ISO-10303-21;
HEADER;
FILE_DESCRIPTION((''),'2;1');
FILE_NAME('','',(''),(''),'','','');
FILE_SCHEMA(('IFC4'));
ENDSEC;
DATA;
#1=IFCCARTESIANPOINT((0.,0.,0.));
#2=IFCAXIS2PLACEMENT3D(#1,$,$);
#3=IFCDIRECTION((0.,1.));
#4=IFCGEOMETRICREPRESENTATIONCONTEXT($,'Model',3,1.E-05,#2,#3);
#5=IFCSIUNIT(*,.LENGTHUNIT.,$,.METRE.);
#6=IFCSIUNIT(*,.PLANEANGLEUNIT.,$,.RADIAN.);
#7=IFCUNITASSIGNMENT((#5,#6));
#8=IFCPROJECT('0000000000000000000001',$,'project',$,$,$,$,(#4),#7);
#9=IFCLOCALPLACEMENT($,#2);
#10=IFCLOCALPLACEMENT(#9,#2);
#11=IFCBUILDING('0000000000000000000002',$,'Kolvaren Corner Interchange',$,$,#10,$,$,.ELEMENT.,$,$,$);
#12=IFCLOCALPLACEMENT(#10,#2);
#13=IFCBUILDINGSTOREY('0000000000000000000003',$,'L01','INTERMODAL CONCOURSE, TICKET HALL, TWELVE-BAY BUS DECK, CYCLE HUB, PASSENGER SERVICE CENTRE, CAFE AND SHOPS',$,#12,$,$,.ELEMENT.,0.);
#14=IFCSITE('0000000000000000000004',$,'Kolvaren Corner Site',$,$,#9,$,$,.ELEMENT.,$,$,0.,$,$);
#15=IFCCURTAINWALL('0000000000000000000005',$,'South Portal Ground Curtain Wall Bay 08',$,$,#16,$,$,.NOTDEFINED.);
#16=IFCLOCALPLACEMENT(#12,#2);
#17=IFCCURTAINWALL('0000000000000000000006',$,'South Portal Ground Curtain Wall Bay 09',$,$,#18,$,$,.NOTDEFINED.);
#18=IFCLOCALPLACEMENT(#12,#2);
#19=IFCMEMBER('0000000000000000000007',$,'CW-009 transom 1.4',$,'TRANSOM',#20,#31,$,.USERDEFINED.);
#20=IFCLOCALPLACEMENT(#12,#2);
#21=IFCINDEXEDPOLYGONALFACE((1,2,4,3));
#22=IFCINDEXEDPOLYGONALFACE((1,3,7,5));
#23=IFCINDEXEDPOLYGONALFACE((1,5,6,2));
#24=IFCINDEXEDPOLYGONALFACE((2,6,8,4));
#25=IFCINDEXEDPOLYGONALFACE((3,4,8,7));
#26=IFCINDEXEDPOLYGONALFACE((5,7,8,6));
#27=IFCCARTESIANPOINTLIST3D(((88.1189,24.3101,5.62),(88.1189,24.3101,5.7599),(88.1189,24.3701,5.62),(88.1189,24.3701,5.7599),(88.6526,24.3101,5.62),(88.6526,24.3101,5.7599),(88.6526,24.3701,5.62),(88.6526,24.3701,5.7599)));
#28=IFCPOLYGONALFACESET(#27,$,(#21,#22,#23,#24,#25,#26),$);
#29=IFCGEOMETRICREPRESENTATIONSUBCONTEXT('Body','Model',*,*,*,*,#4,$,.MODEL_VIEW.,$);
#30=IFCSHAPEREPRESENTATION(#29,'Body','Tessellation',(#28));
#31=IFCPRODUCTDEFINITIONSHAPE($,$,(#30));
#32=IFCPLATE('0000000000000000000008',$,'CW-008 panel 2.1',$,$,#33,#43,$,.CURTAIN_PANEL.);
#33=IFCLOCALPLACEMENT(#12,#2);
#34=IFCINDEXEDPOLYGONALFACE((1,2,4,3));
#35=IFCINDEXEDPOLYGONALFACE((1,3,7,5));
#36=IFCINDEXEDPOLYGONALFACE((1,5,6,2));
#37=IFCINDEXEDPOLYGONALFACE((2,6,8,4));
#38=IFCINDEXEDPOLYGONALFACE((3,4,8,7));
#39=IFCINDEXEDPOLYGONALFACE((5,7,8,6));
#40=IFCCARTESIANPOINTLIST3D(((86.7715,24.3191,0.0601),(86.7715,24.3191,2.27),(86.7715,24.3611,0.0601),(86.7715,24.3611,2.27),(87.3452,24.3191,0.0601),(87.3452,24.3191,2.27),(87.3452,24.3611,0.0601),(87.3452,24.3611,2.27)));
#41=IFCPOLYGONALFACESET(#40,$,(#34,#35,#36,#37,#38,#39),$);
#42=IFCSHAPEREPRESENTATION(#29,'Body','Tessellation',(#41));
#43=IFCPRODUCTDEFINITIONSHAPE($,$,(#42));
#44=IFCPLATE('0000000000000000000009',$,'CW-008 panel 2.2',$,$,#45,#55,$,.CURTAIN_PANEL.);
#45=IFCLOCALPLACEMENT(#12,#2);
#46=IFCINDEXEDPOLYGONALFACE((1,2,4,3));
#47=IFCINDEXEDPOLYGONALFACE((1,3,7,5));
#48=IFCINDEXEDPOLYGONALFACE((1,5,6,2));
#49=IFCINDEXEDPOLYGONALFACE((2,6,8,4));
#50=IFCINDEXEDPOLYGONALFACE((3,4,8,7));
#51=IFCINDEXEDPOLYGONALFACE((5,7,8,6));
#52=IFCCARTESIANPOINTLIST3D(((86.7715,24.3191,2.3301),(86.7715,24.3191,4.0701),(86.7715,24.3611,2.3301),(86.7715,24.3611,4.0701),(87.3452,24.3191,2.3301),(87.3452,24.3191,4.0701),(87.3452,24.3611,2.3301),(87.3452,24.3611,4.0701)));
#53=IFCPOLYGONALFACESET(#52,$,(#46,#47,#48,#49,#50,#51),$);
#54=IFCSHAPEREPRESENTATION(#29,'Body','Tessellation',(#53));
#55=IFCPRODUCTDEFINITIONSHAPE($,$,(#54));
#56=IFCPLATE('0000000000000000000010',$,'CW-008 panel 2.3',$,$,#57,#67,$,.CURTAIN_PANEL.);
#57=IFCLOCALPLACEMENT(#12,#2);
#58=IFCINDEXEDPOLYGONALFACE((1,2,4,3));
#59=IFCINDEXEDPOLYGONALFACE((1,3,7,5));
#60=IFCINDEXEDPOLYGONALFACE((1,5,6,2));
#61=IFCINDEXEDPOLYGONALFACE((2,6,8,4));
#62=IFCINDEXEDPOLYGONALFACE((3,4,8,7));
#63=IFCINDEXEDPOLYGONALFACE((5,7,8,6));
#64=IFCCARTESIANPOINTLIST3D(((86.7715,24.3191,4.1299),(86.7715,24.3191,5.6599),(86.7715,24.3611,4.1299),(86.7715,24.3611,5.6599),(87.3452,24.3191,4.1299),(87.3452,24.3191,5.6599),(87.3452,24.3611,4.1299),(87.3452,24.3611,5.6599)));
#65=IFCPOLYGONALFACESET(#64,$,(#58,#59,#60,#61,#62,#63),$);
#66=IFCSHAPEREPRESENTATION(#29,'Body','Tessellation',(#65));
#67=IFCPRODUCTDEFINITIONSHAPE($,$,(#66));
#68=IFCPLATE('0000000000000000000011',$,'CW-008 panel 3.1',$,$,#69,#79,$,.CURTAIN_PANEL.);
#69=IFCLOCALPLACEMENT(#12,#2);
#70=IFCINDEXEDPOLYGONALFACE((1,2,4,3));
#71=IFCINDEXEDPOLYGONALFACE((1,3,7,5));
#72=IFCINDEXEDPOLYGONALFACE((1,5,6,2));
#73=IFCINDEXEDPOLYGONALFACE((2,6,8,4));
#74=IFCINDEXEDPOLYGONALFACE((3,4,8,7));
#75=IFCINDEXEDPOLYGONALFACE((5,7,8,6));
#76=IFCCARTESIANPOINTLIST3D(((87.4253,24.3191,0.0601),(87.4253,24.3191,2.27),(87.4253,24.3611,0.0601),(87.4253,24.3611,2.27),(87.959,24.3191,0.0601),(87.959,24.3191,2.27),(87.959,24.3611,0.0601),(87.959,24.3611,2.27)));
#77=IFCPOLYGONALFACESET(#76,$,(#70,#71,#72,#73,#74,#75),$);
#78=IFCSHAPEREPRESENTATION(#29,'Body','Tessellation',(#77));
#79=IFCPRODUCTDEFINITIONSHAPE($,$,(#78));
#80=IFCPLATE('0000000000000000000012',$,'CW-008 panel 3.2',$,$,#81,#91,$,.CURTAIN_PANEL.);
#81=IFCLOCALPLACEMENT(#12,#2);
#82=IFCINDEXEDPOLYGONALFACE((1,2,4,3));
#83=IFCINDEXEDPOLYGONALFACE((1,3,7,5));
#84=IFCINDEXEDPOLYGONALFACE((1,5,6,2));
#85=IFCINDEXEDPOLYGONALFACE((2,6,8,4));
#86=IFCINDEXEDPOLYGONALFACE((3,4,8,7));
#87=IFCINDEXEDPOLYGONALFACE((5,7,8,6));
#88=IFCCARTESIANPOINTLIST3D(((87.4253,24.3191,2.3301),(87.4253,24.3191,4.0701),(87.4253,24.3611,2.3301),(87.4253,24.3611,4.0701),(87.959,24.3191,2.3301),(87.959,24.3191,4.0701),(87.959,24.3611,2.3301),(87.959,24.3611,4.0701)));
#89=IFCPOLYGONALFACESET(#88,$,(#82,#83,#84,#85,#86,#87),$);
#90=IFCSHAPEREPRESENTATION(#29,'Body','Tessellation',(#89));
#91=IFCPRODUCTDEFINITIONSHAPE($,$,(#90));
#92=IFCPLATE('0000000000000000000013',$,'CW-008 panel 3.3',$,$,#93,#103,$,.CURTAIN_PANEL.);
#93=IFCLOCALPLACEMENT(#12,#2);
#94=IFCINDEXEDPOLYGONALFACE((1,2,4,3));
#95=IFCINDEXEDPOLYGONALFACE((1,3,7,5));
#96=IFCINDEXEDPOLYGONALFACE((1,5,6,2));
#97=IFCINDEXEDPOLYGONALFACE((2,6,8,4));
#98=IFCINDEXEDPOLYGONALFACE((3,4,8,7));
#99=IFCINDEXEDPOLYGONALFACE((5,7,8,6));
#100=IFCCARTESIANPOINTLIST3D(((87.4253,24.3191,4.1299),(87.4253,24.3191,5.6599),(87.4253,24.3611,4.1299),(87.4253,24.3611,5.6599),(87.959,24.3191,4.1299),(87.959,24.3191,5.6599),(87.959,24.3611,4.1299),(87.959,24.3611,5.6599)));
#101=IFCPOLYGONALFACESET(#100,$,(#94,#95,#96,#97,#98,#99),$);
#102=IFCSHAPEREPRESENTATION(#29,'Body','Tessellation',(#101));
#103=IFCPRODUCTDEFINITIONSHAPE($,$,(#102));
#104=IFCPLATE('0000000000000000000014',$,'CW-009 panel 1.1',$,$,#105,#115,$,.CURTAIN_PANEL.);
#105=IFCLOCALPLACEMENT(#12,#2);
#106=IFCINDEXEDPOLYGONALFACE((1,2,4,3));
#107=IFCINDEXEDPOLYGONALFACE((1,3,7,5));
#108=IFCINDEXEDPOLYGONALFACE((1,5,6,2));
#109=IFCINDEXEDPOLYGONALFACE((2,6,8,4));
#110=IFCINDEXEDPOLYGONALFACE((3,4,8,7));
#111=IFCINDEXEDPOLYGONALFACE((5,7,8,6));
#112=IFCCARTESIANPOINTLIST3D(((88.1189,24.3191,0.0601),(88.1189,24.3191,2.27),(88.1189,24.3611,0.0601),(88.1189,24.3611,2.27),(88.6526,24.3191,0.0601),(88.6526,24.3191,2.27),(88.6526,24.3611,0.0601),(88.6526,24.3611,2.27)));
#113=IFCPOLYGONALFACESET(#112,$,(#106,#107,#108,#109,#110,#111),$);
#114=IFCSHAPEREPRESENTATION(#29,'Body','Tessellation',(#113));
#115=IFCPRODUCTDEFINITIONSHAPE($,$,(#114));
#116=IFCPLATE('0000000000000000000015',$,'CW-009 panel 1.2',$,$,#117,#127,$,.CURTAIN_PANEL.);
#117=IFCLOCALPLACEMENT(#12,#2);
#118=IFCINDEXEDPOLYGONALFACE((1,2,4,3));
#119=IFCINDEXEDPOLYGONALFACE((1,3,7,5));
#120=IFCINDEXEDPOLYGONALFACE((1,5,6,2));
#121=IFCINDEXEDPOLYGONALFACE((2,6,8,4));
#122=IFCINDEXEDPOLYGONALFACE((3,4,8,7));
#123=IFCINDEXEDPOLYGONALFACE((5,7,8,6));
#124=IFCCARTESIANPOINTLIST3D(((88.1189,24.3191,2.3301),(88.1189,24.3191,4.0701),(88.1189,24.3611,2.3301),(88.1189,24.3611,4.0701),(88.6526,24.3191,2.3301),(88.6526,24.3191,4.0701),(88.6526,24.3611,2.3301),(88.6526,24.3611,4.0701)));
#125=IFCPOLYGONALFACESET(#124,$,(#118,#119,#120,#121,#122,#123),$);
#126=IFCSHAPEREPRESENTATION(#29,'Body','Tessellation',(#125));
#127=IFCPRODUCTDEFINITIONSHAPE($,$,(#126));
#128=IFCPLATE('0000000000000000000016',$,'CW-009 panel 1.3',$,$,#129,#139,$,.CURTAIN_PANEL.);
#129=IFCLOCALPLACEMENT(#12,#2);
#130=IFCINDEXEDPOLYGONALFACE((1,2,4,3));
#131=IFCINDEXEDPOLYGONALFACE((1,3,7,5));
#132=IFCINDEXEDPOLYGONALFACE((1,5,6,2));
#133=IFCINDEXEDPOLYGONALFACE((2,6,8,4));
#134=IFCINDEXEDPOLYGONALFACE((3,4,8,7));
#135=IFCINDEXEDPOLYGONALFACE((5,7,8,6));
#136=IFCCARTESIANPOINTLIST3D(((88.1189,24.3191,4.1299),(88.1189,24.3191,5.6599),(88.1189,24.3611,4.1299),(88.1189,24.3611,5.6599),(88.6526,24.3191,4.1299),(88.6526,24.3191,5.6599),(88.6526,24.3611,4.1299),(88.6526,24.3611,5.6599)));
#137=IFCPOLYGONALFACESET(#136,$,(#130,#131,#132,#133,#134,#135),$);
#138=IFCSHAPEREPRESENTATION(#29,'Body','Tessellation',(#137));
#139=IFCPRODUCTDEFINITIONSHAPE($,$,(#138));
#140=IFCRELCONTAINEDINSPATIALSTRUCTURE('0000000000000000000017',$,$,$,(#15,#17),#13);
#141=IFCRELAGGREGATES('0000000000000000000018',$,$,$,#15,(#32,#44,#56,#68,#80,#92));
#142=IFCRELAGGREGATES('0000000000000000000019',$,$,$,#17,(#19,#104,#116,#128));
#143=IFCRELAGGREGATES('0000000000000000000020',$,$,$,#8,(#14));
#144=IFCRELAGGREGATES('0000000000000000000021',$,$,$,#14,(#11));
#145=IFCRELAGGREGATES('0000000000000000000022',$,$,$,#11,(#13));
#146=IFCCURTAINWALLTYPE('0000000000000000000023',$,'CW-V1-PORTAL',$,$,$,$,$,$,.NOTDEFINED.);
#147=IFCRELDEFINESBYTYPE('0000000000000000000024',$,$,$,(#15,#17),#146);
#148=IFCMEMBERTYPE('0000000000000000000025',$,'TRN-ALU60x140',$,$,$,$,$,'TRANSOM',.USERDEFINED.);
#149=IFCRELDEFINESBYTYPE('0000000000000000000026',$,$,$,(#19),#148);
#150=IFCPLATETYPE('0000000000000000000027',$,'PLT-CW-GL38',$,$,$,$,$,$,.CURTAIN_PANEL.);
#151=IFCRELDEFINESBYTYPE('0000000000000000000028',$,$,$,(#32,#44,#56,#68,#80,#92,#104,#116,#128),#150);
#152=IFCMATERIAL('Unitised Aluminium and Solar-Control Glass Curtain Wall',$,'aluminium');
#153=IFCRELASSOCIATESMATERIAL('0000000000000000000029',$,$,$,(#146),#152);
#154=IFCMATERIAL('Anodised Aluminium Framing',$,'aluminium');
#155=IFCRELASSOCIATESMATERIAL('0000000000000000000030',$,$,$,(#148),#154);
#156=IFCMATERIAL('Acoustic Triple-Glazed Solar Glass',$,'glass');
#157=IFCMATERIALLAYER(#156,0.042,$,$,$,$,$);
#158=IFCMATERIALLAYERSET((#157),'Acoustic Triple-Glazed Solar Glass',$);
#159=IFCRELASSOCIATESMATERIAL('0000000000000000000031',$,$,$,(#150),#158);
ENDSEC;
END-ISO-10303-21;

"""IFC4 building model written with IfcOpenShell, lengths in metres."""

from ifc_helpers import new_model, si_unit, direction, frame, origin, origin_2d, place, context, subcontext, project, spatial, rectangle, extrude, material, layer, layer_set, material_profile, profile_set, type_object, element, aggregate, save


model = new_model("IFC4")

# Units and contexts
model_context = context("Model", 3, precision=1e-05, world=origin(), true_north=direction((0.0, 1.0)))
body_context = subcontext(model_context, "Body", "Model", "MODEL_VIEW")
ifc_project = project(units=[si_unit("LENGTHUNIT", "METRE"), si_unit("PLANEANGLEUNIT", "RADIAN")], contexts=[model_context])

# Site, building, storey
site_placement = place(None, origin())
site = spatial("IfcSite", under=ifc_project, at=site_placement, Name="Kolvaren Corner Site", CompositionType="ELEMENT", RefElevation=0.0)
building_placement = place(site_placement, origin())
building = spatial("IfcBuilding", under=site, at=building_placement, Name="Kolvaren Corner Interchange", CompositionType="ELEMENT")
storey_placement = place(building_placement, origin())
storey = spatial("IfcBuildingStorey", under=building, at=storey_placement, Name="L01", Description="INTERMODAL CONCOURSE, TICKET HALL, TWELVE-BAY BUS DECK, CYCLE HUB, PASSENGER SERVICE CENTRE, CAFE AND SHOPS", CompositionType="ELEMENT", Elevation=0.0)

# Curtain wall
ifc_material_1 = material(Name="Unitised Aluminium and Solar-Control Glass Curtain Wall", Category="aluminium")
curtain_wall_type = type_object("IfcCurtainWallType", Name="CW-V1-PORTAL", PredefinedType="NOTDEFINED", material=ifc_material_1)
curtain_wall_1_placement = place(storey_placement, origin())
curtain_wall_1 = element("IfcCurtainWall", 1, at=curtain_wall_1_placement, inside=storey, type_object=curtain_wall_type, Name="South Portal Ground Curtain Wall Bay 08", PredefinedType="NOTDEFINED")

# Curtain wall
curtain_wall_2_placement = place(storey_placement, origin())
curtain_wall_2 = element("IfcCurtainWall", 2, at=curtain_wall_2_placement, inside=storey, type_object=curtain_wall_type, Name="South Portal Ground Curtain Wall Bay 09", PredefinedType="NOTDEFINED")

# Member
ifc_material_2 = material(Name="Anodised Aluminium Framing", Category="aluminium")
ifc_material_profile_1 = material_profile(ifc_material_2, rectangle(XDim=0.0601, YDim=0.1399, at=origin_2d()), Name="ALU 60x140")
ifc_profile_set_1 = profile_set([ifc_material_profile_1], Name="Anodised Aluminium Framing")
member_type_1 = type_object("IfcMemberType", Name="TRN-ALU60x140", ElementType="TRANSOM", PredefinedType="USERDEFINED", material=ifc_profile_set_1)
member_1_placement = place(storey_placement, frame((88.1189, 24.3401, 5.6899), z_axis=(1.0, 0.0, 0.0), x_axis=(0.0, 1.0, 0.0)))
member_1 = element("IfcMember", 3, at=member_1_placement, type_object=member_type_1, Name="CW-009 transom 1.4", ObjectType="TRANSOM", PredefinedType="USERDEFINED", context=body_context, shape_type="SweptSolid", body=[
    extrude(rectangle(XDim=0.0601, YDim=0.1399, at=origin_2d()), origin(), (0.0, 0.0, 1.0), 0.5337),
])

# Plates
ifc_material_3 = material(Name="Acoustic Triple-Glazed Solar Glass", Category="glass")
ifc_layer = layer(ifc_material_3, 0.042)
ifc_layer_set = layer_set([ifc_layer], Name="Acoustic Triple-Glazed Solar Glass")
plate_type = type_object("IfcPlateType", Name="PLT-CW-GL38", PredefinedType="CURTAIN_PANEL", material=ifc_layer_set)
plate_1_placement = place(storey_placement, frame((87.0583, 24.3401, 0.0601), z_axis=(0.0, 0.0, 1.0), x_axis=(1.0, 0.0, 0.0)))
plate_1 = element("IfcPlate", 4, at=plate_1_placement, type_object=plate_type, Name="CW-008 panel 2.1", PredefinedType="CURTAIN_PANEL", context=body_context, shape_type="SweptSolid", body=[
    extrude(rectangle(XDim=0.5737, YDim=0.042, at=origin_2d()), origin(), (0.0, 0.0, 1.0), 2.21),
])
plate_2_placement = place(storey_placement, frame((87.0583, 24.3401, 2.3301), z_axis=(0.0, 0.0, 1.0), x_axis=(1.0, 0.0, 0.0)))
plate_2 = element("IfcPlate", 5, at=plate_2_placement, type_object=plate_type, Name="CW-008 panel 2.2", PredefinedType="CURTAIN_PANEL", context=body_context, shape_type="SweptSolid", body=[
    extrude(rectangle(XDim=0.5737, YDim=0.042, at=origin_2d()), origin(), (0.0, 0.0, 1.0), 1.74),
])
plate_3_placement = place(storey_placement, frame((87.0583, 24.3401, 4.1299), z_axis=(0.0, 0.0, 1.0), x_axis=(1.0, 0.0, 0.0)))
plate_3 = element("IfcPlate", 6, at=plate_3_placement, type_object=plate_type, Name="CW-008 panel 2.3", PredefinedType="CURTAIN_PANEL", context=body_context, shape_type="SweptSolid", body=[
    extrude(rectangle(XDim=0.5737, YDim=0.042, at=origin_2d()), origin(), (0.0, 0.0, 1.0), 1.53),
])
plate_4_placement = place(storey_placement, frame((87.6921, 24.3401, 0.0601), z_axis=(0.0, 0.0, 1.0), x_axis=(1.0, 0.0, 0.0)))
plate_4 = element("IfcPlate", 7, at=plate_4_placement, type_object=plate_type, Name="CW-008 panel 3.1", PredefinedType="CURTAIN_PANEL", context=body_context, shape_type="SweptSolid", body=[
    extrude(rectangle(XDim=0.5337, YDim=0.042, at=origin_2d()), origin(), (0.0, 0.0, 1.0), 2.21),
])
plate_5_placement = place(storey_placement, frame((87.6921, 24.3401, 2.3301), z_axis=(0.0, 0.0, 1.0), x_axis=(1.0, 0.0, 0.0)))
plate_5 = element("IfcPlate", 8, at=plate_5_placement, type_object=plate_type, Name="CW-008 panel 3.2", PredefinedType="CURTAIN_PANEL", context=body_context, shape_type="SweptSolid", body=[
    extrude(rectangle(XDim=0.5337, YDim=0.042, at=origin_2d()), origin(), (0.0, 0.0, 1.0), 1.74),
])
plate_6_placement = place(storey_placement, frame((87.6921, 24.3401, 4.1299), z_axis=(0.0, 0.0, 1.0), x_axis=(1.0, 0.0, 0.0)))
plate_6 = element("IfcPlate", 9, at=plate_6_placement, type_object=plate_type, Name="CW-008 panel 3.3", PredefinedType="CURTAIN_PANEL", context=body_context, shape_type="SweptSolid", body=[
    extrude(rectangle(XDim=0.5337, YDim=0.042, at=origin_2d()), origin(), (0.0, 0.0, 1.0), 1.53),
])
aggregate(curtain_wall_1, [plate_1, plate_2, plate_3, plate_4, plate_5, plate_6])
plate_7_placement = place(storey_placement, frame((88.3857, 24.3401, 0.0601), z_axis=(0.0, 0.0, 1.0), x_axis=(1.0, 0.0, 0.0)))
plate_7 = element("IfcPlate", 10, at=plate_7_placement, type_object=plate_type, Name="CW-009 panel 1.1", PredefinedType="CURTAIN_PANEL", context=body_context, shape_type="SweptSolid", body=[
    extrude(rectangle(XDim=0.5337, YDim=0.042, at=origin_2d()), origin(), (0.0, 0.0, 1.0), 2.21),
])
plate_8_placement = place(storey_placement, frame((88.3857, 24.3401, 2.3301), z_axis=(0.0, 0.0, 1.0), x_axis=(1.0, 0.0, 0.0)))
plate_8 = element("IfcPlate", 11, at=plate_8_placement, type_object=plate_type, Name="CW-009 panel 1.2", PredefinedType="CURTAIN_PANEL", context=body_context, shape_type="SweptSolid", body=[
    extrude(rectangle(XDim=0.5337, YDim=0.042, at=origin_2d()), origin(), (0.0, 0.0, 1.0), 1.74),
])
plate_9_placement = place(storey_placement, frame((88.3857, 24.3401, 4.1299), z_axis=(0.0, 0.0, 1.0), x_axis=(1.0, 0.0, 0.0)))
plate_9 = element("IfcPlate", 12, at=plate_9_placement, type_object=plate_type, Name="CW-009 panel 1.3", PredefinedType="CURTAIN_PANEL", context=body_context, shape_type="SweptSolid", body=[
    extrude(rectangle(XDim=0.5337, YDim=0.042, at=origin_2d()), origin(), (0.0, 0.0, 1.0), 1.53),
])
aggregate(curtain_wall_2, [member_1, plate_7, plate_8, plate_9])

save(model, "model.ifc")
